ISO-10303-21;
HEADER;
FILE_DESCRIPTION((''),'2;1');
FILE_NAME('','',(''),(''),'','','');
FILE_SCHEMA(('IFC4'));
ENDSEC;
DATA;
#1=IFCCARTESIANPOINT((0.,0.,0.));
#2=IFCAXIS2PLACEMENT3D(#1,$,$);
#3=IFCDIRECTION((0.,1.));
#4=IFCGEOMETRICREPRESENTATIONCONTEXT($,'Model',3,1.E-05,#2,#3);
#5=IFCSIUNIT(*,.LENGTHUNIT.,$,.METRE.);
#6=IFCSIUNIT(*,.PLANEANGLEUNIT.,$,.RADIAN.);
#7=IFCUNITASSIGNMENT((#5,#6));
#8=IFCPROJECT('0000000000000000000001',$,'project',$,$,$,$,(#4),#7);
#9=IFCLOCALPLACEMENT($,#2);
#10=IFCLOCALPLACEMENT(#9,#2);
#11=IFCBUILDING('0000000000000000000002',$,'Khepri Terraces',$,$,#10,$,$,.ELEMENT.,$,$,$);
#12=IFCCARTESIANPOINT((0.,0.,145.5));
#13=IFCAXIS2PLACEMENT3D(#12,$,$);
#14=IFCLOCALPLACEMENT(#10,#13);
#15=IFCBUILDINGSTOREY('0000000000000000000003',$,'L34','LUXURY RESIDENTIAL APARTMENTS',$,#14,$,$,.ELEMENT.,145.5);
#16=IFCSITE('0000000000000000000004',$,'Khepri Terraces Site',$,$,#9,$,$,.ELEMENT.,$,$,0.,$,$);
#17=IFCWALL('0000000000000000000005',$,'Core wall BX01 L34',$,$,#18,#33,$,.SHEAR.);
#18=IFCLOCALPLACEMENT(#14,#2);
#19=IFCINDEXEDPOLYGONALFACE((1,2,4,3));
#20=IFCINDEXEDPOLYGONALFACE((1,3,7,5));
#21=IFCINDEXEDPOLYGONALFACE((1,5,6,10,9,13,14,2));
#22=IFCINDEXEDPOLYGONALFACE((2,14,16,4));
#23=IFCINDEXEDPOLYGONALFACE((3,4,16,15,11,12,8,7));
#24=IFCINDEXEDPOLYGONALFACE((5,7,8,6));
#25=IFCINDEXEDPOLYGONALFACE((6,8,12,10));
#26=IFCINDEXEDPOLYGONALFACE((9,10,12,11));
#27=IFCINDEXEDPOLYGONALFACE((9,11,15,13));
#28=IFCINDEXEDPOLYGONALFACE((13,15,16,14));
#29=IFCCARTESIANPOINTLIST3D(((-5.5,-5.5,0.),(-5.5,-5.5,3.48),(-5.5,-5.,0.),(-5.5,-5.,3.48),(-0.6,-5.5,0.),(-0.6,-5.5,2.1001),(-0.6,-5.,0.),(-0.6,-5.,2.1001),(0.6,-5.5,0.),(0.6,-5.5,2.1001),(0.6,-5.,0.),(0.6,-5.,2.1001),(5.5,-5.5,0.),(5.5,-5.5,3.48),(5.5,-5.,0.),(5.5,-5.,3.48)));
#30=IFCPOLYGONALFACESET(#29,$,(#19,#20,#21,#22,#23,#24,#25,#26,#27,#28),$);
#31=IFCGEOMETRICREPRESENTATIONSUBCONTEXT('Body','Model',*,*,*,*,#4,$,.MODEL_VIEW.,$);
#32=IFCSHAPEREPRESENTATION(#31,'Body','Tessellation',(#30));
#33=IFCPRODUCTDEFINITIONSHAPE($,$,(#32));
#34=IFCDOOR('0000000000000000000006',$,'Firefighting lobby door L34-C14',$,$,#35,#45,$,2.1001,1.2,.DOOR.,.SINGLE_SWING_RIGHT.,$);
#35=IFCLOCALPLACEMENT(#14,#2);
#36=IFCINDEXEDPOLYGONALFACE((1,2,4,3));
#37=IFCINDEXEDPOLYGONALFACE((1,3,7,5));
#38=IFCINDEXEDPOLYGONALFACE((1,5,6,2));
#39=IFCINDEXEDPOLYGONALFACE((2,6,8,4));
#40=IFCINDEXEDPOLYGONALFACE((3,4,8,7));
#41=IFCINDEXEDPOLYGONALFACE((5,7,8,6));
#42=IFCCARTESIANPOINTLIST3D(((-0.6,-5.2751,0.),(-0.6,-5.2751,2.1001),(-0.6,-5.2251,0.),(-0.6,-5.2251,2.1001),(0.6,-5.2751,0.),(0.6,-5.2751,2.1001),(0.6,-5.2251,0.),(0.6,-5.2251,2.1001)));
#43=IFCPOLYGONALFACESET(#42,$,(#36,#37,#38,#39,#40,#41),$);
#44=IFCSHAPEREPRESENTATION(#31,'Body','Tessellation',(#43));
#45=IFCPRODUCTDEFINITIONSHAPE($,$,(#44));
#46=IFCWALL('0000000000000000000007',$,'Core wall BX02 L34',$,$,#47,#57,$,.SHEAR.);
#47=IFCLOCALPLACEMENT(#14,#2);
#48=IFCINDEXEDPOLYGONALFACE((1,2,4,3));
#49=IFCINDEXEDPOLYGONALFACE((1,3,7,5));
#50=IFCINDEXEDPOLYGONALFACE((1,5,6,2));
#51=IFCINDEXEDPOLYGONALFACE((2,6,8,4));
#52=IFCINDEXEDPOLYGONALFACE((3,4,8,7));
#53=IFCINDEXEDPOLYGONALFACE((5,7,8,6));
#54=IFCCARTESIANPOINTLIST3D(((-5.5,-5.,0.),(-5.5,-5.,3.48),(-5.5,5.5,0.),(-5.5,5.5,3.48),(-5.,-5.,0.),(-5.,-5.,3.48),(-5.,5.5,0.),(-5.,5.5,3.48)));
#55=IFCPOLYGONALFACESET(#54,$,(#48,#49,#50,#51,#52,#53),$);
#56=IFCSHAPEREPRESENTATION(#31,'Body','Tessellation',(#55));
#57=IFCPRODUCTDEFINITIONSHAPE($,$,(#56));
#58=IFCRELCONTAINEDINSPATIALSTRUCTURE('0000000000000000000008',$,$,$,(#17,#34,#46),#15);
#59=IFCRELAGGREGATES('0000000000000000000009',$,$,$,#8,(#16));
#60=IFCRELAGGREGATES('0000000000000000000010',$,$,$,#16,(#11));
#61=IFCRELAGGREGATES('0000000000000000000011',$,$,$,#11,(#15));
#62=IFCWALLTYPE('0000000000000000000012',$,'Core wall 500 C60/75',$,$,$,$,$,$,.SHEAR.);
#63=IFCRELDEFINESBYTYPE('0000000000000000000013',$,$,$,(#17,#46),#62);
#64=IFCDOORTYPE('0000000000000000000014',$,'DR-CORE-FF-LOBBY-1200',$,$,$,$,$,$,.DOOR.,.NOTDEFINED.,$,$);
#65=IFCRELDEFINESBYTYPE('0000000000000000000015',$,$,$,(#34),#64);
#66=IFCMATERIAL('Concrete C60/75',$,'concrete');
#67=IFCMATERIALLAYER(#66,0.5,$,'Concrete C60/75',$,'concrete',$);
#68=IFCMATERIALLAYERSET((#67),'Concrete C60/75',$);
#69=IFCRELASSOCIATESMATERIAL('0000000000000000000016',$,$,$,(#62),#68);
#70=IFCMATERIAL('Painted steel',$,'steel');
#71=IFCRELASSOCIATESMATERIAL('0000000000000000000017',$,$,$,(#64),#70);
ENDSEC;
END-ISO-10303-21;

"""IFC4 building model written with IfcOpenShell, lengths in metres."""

from ifc_helpers import new_model, si_unit, direction, frame, frame_2d, origin, place, context, subcontext, project, spatial, rectangle, extrude, material, layer, layer_set, type_object, element, fill, save


model = new_model("IFC4")

# Units and contexts
model_context = context("Model", 3, precision=1e-05, world=origin(), true_north=direction((0.0, 1.0)))
body_context = subcontext(model_context, "Body", "Model", "MODEL_VIEW")
ifc_project = project(units=[si_unit("LENGTHUNIT", "METRE"), si_unit("PLANEANGLEUNIT", "RADIAN")], contexts=[model_context])

# Site, building, storey
site_placement = place(None, origin())
site = spatial("IfcSite", under=ifc_project, at=site_placement, Name="Khepri Terraces Site", CompositionType="ELEMENT", RefElevation=0.0)
building_placement = place(site_placement, origin())
building = spatial("IfcBuilding", under=site, at=building_placement, Name="Khepri Terraces", CompositionType="ELEMENT")
storey_placement = place(building_placement, frame((0.0, 0.0, 145.5)))
storey = spatial("IfcBuildingStorey", under=building, at=storey_placement, Name="L34", Description="LUXURY RESIDENTIAL APARTMENTS", CompositionType="ELEMENT", Elevation=145.5)

# Shared definitions
ifc_material_1 = material(Name="Concrete C60/75", Category="concrete")

# Shared definitions
ifc_material_2 = material(Name="Painted steel", Category="steel")

# Wall, opening, door
ifc_layer_1 = layer(ifc_material_1, 0.5, Name="Concrete C60/75", Category="concrete")
ifc_layer_set_1 = layer_set([ifc_layer_1], Name="Concrete C60/75")
wall_type_1 = type_object("IfcWallType", Name="Core wall 500 C60/75", PredefinedType="SHEAR", material=ifc_layer_set_1)
wall_1_placement = place(storey_placement, frame((-5.5, -5.25, 0.0), z_axis=(0.0, 0.0, 1.0), x_axis=(1.0, 0.0, 0.0)))
wall_1 = element("IfcWall", 1, at=wall_1_placement, inside=storey, type_object=wall_type_1, Name="Core wall BX01 L34", PredefinedType="SHEAR", context=body_context, shape_type="SweptSolid", body=[
    extrude(rectangle(XDim=11.0, YDim=0.5, at=frame_2d((5.5, 0.0))), origin(), (0.0, 0.0, 1.0), 3.48),
])
opening_1_placement = place(wall_1_placement, frame((4.8999, 0.0, 0.0)))
opening_1 = element("IfcOpeningElement", 2, at=opening_1_placement, cuts=wall_1, PredefinedType="OPENING", context=body_context, shape_type="SweptSolid", body=[
    extrude(rectangle(XDim=1.2, YDim=2.1001, at=frame_2d((0.6001, 1.05))), frame((0.0, 0.26, 0.0), z_axis=(0.0, -1.0, 0.0), x_axis=(1.0, 0.0, 0.0)), (0.0, 0.0, 1.0), 0.52),
])
door_type_1 = type_object("IfcDoorType", Name="DR-CORE-FF-LOBBY-1200", OperationType="NOTDEFINED", PredefinedType="DOOR", material=ifc_material_2)
door_1_placement = place(opening_1_placement, origin())
door_1 = element("IfcDoor", 3, at=door_1_placement, inside=storey, type_object=door_type_1, Name="Firefighting lobby door L34-C14", OperationType="SINGLE_SWING_RIGHT", OverallHeight=2.1001, OverallWidth=1.2, PredefinedType="DOOR", context=body_context, shape_type="SweptSolid", body=[
    extrude(rectangle(XDim=1.2, YDim=2.1001, at=frame_2d((0.6001, 1.05))), frame((0.0, 0.0249, 0.0), z_axis=(0.0, -1.0, 0.0), x_axis=(1.0, 0.0, 0.0)), (0.0, 0.0, 1.0), 0.05),
])
fill(opening_1, door_1)

# Wall
wall_2_placement = place(storey_placement, frame((-5.25, -5.0, 0.0), z_axis=(0.0, 0.0, 1.0), x_axis=(0.0, 1.0, 0.0)))
element("IfcWall", 4, at=wall_2_placement, inside=storey, type_object=wall_type_1, Name="Core wall BX02 L34", PredefinedType="SHEAR", context=body_context, shape_type="SweptSolid", body=[
    extrude(rectangle(XDim=10.5, YDim=0.5, at=frame_2d((5.25, 0.0))), origin(), (0.0, 0.0, 1.0), 3.48),
])

save(model, "model.ifc")
